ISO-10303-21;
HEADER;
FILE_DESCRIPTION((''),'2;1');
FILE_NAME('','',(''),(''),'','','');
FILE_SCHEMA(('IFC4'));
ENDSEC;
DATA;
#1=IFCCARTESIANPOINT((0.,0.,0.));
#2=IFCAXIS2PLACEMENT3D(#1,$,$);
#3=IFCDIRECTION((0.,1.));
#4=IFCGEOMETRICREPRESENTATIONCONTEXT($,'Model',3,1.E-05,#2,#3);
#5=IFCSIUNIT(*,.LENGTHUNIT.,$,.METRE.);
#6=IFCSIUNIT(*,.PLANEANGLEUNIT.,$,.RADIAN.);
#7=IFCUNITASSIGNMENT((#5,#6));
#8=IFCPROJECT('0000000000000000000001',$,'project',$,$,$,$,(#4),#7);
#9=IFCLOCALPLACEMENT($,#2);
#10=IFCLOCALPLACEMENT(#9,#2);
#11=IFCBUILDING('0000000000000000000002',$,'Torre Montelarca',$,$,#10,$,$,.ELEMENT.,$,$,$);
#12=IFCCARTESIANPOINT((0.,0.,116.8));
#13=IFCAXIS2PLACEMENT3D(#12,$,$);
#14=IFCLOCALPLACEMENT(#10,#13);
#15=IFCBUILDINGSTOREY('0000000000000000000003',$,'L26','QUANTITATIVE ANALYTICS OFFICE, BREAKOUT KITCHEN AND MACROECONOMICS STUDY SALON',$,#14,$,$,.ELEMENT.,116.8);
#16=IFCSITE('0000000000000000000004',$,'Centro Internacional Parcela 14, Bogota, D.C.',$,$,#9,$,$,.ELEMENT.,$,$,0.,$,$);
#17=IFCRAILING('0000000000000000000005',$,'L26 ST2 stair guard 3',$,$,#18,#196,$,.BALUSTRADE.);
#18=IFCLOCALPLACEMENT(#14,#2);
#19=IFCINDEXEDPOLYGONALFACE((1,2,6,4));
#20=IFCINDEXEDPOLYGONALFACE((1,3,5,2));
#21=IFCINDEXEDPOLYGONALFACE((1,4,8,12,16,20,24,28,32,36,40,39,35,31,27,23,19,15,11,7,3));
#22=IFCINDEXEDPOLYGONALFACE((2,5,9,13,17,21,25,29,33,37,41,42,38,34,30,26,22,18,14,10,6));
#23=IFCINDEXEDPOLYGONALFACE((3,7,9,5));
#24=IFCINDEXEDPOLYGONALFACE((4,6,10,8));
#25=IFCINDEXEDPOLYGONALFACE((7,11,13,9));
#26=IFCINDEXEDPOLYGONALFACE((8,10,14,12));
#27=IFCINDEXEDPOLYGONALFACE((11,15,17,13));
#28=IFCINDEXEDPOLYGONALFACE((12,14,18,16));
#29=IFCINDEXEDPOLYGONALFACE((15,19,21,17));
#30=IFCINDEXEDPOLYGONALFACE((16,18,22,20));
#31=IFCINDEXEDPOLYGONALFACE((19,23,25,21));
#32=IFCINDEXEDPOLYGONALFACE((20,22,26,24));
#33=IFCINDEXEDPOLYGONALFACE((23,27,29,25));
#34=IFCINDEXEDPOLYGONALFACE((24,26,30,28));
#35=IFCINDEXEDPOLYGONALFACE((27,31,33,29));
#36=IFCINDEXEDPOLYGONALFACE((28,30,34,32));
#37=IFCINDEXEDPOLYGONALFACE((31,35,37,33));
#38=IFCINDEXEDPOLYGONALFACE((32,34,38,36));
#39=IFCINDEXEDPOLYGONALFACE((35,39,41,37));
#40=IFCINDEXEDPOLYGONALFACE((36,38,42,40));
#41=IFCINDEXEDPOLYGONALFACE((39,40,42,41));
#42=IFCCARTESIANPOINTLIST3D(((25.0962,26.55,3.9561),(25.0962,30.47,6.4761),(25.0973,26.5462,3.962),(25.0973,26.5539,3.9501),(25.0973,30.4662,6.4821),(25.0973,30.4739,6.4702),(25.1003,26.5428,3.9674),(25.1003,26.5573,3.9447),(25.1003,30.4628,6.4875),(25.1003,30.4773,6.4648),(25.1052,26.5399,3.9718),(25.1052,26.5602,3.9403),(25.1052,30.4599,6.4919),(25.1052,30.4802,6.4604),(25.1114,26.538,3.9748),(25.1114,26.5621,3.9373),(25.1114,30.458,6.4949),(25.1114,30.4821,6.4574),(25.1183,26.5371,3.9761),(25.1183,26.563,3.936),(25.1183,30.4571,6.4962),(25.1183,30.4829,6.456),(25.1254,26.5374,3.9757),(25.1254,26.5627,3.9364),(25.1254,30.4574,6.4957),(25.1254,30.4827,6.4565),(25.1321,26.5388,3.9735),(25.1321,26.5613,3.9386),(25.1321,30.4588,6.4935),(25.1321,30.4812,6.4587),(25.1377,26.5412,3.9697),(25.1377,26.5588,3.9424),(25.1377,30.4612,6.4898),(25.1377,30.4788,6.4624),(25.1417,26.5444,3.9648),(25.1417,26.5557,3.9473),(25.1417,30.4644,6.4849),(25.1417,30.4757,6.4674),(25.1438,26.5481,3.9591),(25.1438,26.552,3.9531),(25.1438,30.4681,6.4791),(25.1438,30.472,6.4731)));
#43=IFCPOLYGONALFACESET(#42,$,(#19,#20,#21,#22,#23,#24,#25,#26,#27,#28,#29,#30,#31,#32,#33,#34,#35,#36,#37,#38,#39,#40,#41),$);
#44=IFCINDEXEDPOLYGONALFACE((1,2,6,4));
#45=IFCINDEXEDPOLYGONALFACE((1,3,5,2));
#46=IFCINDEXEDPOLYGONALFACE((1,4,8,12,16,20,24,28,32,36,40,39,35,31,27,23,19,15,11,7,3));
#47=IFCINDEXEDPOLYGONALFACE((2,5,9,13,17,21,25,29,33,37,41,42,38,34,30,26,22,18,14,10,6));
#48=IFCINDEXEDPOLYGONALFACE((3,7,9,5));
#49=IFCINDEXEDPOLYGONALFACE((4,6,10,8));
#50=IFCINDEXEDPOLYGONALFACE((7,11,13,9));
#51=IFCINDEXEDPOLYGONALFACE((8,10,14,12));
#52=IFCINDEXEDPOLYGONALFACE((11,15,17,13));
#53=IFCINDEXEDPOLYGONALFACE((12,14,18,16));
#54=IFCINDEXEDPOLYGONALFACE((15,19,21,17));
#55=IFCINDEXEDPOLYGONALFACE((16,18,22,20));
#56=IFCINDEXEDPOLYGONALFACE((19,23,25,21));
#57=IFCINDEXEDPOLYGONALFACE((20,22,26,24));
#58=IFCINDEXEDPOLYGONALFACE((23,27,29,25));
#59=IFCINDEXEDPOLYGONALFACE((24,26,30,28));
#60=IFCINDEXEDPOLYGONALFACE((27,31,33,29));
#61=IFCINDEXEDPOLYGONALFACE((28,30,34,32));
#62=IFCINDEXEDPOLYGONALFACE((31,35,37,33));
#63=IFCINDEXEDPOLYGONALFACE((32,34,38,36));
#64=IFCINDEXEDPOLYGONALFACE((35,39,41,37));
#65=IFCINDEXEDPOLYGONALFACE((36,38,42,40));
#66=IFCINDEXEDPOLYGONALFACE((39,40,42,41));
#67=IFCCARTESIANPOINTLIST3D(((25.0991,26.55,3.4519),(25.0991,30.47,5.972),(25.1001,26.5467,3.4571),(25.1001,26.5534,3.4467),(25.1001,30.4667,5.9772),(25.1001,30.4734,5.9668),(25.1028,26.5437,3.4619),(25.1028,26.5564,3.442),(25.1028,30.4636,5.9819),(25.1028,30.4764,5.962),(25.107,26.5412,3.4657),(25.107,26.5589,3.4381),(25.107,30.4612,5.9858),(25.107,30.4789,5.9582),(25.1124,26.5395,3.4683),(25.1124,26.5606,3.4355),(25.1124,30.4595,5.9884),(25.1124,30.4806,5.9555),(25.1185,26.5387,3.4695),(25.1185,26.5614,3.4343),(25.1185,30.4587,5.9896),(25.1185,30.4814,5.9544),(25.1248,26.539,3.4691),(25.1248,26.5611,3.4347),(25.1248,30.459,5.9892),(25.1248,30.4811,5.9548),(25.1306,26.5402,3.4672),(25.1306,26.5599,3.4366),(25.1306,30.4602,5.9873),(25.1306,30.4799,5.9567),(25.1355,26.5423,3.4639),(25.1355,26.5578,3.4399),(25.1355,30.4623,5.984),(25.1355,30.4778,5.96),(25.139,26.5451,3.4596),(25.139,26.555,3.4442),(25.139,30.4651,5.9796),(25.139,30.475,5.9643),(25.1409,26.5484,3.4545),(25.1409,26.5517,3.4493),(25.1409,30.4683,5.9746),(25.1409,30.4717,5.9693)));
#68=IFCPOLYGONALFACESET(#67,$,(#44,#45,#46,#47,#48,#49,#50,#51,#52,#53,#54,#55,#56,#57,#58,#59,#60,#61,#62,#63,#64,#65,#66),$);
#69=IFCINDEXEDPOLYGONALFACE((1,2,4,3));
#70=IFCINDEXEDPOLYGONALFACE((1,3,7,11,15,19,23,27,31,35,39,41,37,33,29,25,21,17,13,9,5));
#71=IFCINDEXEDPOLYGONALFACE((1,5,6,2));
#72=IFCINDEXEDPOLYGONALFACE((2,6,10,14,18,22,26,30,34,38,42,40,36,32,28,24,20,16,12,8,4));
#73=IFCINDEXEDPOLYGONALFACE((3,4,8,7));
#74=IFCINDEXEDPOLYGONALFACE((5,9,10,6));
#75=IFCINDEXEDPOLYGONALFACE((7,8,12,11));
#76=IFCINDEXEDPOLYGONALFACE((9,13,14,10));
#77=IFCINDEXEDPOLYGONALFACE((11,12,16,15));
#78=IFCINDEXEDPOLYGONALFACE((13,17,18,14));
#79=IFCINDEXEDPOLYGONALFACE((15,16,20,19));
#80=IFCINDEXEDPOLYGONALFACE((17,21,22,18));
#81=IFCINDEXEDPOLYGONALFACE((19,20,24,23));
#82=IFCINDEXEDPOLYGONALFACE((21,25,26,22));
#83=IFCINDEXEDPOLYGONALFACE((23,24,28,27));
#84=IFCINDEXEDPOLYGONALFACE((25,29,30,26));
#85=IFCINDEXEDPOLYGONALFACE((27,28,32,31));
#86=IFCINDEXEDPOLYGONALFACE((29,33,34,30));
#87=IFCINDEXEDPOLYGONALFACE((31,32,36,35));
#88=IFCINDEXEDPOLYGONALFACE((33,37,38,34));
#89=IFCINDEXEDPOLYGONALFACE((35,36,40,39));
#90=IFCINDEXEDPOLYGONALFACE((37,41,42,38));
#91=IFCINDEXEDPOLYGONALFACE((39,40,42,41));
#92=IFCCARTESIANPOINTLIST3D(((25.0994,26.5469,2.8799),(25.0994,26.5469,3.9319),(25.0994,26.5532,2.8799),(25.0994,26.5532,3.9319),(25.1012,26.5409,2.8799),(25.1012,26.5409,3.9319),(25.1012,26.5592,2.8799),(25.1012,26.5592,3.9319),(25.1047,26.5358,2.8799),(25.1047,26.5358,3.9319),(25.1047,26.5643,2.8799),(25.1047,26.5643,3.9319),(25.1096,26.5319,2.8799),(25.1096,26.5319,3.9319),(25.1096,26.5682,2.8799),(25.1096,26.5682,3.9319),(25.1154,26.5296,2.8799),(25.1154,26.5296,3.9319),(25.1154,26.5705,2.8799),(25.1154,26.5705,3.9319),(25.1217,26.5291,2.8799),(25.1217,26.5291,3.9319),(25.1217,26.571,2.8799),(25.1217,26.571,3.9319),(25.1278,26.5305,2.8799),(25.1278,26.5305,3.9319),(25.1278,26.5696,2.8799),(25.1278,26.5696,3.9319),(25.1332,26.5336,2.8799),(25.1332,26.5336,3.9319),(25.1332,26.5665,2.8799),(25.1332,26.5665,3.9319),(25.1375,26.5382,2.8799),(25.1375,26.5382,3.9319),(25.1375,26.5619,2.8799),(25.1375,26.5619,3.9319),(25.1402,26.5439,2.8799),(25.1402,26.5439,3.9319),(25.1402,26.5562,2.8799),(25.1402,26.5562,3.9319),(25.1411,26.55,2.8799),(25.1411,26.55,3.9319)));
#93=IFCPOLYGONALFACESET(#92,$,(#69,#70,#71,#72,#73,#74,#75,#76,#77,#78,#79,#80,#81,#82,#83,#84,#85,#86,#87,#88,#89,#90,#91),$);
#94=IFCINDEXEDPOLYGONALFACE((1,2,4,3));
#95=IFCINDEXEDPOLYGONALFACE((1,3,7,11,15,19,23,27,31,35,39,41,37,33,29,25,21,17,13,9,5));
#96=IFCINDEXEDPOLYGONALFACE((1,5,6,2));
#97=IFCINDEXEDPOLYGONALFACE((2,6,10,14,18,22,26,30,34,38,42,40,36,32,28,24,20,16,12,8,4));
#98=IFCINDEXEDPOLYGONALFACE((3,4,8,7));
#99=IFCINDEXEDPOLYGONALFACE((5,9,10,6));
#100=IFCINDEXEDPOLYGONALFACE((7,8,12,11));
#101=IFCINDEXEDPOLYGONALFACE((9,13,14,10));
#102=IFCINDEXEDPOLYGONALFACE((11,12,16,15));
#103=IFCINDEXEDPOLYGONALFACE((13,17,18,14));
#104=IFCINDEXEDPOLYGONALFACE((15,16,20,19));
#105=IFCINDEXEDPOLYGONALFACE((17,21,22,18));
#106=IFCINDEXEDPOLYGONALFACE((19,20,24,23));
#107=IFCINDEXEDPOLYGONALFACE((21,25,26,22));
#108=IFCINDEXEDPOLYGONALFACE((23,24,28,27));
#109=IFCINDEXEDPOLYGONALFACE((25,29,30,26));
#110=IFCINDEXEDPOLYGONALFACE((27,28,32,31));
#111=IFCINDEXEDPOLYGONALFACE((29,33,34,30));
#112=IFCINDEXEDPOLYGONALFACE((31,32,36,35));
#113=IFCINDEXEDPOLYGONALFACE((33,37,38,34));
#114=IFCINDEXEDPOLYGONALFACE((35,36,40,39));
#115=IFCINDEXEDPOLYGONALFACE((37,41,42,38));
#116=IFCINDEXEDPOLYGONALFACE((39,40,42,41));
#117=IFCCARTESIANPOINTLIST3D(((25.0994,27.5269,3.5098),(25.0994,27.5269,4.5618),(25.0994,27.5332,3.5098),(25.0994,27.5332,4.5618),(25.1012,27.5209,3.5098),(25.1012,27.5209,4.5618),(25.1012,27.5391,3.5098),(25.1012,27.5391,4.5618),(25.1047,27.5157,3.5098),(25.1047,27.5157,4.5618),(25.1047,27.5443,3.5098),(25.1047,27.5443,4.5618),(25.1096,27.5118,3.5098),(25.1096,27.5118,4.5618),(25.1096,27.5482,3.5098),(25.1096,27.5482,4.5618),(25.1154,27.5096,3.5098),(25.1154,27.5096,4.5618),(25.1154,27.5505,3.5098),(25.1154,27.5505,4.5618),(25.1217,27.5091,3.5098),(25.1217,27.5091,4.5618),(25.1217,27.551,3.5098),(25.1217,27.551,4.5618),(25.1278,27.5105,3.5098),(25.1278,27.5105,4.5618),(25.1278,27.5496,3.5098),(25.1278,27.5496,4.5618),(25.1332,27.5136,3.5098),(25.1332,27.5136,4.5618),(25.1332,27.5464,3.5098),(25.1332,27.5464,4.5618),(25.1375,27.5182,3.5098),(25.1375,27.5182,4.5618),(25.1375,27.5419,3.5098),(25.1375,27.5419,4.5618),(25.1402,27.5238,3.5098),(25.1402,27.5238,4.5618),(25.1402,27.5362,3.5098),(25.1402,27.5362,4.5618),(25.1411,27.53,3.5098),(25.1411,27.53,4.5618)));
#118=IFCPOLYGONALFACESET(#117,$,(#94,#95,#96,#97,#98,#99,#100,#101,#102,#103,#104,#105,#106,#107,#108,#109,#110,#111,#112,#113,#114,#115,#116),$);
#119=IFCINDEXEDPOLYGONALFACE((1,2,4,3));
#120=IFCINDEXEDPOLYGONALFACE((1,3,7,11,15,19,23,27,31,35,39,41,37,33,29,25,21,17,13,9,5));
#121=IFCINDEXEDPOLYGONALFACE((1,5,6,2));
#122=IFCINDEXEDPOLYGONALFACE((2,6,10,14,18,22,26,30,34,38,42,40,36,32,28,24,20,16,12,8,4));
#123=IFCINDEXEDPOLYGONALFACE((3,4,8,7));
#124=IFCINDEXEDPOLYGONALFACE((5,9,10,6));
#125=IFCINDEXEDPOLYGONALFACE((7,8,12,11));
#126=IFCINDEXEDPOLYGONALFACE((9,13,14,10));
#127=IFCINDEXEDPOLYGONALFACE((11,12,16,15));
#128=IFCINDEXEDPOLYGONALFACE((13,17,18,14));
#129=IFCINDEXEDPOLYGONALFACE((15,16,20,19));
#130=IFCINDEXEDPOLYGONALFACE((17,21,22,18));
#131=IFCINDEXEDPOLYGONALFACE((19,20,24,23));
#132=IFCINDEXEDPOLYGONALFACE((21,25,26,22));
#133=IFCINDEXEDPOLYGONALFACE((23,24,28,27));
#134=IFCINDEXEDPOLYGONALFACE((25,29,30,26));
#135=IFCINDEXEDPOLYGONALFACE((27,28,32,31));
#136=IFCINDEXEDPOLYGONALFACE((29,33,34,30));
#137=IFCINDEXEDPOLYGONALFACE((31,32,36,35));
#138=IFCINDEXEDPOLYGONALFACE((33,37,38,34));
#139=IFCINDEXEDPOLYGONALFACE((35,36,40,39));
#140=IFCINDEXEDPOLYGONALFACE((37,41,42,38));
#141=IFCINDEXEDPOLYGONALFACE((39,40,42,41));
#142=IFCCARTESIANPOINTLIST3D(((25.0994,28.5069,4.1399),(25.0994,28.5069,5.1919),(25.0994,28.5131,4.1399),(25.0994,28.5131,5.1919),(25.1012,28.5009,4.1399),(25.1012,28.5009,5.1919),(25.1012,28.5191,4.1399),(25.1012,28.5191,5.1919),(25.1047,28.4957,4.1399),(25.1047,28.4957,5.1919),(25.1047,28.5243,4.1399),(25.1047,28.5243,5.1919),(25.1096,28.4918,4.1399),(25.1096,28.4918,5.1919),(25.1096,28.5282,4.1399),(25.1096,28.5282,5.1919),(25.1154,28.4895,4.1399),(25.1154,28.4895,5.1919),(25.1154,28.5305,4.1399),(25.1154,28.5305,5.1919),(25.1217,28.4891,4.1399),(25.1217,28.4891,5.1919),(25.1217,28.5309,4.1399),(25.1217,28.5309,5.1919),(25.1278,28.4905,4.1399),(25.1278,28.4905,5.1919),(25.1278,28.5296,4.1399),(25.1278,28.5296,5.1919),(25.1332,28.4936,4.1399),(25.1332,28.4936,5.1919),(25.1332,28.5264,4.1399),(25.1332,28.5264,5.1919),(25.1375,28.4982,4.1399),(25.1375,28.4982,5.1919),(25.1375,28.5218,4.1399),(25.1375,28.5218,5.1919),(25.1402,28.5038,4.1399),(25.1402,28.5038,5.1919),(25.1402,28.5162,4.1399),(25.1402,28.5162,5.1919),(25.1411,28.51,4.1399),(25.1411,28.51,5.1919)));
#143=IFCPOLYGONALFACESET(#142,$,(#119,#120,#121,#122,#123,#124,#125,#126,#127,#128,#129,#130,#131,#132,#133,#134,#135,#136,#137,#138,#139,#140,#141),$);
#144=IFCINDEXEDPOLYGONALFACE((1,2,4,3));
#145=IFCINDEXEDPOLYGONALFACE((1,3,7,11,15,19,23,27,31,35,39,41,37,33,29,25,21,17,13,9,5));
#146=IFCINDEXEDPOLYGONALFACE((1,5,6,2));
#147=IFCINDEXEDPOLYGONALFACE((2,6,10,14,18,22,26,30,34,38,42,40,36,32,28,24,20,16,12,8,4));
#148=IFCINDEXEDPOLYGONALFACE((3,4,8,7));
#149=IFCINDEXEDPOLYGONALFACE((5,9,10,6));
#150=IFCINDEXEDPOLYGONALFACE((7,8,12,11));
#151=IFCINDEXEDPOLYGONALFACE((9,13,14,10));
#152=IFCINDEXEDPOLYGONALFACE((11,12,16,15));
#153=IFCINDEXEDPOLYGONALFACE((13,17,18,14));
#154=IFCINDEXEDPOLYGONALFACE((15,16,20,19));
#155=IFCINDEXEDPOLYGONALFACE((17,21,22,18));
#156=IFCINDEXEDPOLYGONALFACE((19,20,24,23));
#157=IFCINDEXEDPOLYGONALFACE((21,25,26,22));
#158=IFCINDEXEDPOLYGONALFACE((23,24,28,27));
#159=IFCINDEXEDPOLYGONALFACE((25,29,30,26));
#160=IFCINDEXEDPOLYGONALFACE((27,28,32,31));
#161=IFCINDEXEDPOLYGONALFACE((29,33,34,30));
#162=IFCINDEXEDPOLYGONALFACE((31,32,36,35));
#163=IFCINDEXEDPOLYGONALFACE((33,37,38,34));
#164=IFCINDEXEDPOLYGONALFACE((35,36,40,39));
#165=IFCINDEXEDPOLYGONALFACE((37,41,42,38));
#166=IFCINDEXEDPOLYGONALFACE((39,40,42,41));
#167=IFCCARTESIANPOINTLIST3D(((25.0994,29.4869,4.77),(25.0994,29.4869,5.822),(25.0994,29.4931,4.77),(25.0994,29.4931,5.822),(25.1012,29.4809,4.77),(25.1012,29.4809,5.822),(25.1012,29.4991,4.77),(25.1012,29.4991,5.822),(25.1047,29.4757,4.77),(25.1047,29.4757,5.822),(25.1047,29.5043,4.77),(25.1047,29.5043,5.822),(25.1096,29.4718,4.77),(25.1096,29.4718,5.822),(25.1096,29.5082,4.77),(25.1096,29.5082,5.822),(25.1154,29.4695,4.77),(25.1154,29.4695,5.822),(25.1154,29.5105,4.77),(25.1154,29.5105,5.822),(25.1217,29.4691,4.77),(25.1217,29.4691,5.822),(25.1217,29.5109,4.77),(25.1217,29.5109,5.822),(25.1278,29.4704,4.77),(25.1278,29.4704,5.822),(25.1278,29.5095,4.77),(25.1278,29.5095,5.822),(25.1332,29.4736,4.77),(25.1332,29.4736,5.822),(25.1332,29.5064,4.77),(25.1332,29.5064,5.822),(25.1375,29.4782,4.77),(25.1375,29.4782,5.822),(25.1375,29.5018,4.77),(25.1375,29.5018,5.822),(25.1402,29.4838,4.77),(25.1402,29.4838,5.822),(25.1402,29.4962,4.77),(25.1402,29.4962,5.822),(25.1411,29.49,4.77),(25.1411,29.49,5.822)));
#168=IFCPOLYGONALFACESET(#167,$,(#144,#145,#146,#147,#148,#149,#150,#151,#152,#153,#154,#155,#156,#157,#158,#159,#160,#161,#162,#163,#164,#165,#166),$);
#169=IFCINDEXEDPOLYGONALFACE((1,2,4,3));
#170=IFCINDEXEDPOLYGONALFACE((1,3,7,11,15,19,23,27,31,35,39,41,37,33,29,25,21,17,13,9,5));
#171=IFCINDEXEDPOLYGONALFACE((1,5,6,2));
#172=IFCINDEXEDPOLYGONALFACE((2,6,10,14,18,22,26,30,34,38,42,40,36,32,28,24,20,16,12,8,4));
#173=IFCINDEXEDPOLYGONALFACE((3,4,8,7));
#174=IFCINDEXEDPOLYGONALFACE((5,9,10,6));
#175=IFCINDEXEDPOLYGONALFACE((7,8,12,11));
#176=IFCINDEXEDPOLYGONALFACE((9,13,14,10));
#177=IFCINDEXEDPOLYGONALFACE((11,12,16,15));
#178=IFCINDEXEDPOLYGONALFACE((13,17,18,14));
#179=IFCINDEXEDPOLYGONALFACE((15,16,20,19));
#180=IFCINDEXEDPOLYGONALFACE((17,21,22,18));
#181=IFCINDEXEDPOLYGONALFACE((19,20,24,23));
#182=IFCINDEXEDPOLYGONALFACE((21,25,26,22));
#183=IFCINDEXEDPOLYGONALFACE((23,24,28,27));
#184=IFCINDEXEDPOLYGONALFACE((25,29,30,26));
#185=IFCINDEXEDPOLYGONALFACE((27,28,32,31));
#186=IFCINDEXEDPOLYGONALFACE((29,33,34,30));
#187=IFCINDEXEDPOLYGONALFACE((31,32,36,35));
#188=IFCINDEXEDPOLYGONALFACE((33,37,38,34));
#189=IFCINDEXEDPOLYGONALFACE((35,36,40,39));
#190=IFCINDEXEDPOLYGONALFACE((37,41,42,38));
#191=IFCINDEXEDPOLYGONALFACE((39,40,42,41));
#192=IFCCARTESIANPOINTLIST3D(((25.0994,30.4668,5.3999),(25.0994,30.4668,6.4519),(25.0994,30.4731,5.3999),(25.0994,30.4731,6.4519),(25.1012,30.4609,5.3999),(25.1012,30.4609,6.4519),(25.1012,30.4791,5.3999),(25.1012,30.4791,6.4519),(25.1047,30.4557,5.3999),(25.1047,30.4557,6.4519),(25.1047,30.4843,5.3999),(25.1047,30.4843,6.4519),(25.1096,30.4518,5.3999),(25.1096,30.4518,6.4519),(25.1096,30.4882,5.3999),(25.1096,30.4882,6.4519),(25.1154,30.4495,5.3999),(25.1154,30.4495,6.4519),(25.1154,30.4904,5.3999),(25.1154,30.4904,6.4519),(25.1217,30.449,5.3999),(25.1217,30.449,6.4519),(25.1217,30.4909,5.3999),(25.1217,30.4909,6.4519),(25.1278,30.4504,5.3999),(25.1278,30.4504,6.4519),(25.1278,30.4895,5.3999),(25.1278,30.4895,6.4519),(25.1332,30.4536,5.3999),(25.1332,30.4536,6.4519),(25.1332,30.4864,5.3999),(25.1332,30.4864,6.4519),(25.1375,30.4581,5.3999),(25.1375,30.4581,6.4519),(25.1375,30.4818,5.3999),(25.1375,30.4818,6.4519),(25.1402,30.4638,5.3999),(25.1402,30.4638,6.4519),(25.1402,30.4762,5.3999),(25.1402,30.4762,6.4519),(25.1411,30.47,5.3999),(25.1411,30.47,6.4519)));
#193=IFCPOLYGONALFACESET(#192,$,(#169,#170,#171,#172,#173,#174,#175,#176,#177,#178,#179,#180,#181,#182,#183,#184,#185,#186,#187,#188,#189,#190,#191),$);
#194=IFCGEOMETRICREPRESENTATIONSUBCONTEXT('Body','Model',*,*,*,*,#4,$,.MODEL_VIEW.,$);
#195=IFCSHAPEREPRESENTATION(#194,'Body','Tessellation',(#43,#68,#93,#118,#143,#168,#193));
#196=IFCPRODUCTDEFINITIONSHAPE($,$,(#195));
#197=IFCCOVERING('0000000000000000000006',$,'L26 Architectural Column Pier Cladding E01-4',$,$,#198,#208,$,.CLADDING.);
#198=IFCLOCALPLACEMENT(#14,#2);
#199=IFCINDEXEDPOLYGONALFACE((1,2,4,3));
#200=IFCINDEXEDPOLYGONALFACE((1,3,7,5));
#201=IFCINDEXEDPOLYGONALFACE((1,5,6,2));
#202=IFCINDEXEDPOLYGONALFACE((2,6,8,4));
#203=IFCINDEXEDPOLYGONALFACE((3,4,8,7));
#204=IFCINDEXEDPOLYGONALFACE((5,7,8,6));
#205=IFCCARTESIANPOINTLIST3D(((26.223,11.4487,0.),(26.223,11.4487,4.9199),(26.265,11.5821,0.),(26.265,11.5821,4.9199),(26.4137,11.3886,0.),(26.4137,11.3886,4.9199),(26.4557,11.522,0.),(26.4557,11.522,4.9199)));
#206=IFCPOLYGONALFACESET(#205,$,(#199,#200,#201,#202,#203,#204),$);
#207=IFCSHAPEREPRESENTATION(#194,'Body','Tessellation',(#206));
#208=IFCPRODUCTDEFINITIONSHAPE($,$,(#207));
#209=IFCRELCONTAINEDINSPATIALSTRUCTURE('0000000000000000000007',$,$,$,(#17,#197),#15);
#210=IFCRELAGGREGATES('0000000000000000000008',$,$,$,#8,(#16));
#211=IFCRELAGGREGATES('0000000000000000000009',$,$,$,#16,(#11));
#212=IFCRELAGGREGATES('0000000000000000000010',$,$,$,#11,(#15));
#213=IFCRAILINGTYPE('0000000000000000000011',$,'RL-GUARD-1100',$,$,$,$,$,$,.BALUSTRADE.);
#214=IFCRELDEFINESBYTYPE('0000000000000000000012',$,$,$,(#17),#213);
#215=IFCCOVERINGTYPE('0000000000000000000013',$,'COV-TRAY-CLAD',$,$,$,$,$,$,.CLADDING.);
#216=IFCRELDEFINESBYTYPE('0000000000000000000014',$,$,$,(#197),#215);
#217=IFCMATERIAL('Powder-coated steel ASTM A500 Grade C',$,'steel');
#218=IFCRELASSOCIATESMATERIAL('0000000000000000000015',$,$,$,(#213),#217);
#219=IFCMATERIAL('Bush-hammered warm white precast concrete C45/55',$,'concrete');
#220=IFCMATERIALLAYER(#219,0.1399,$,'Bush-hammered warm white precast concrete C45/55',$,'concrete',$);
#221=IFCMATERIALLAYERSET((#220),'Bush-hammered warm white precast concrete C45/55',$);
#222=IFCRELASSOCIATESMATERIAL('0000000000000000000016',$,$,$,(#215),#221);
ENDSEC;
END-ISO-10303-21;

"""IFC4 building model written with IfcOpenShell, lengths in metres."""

from ifc_helpers import new_model, si_unit, direction, frame, origin, origin_2d, place, context, subcontext, project, spatial, rectangle, circle, extrude, source, transform, mapped, material, layer, layer_set, type_object, element, save


model = new_model("IFC4")

# Units and contexts
model_context = context("Model", 3, precision=1e-05, world=origin(), true_north=direction((0.0, 1.0)))
body_context = subcontext(model_context, "Body", "Model", "MODEL_VIEW")
ifc_project = project(units=[si_unit("LENGTHUNIT", "METRE"), si_unit("PLANEANGLEUNIT", "RADIAN")], contexts=[model_context])

# Site, building, storey
site_placement = place(None, origin())
site = spatial("IfcSite", under=ifc_project, at=site_placement, Name="Centro Internacional Parcela 14, Bogota, D.C.", CompositionType="ELEMENT", RefElevation=0.0)
building_placement = place(site_placement, origin())
building = spatial("IfcBuilding", under=site, at=building_placement, Name="Torre Montelarca", CompositionType="ELEMENT")
storey_placement = place(building_placement, frame((0.0, 0.0, 116.8)))
storey = spatial("IfcBuildingStorey", under=building, at=storey_placement, Name="L26", Description="QUANTITATIVE ANALYTICS OFFICE, BREAKOUT KITCHEN AND MACROECONOMICS STUDY SALON", CompositionType="ELEMENT", Elevation=116.8)

# Railing
ifc_material_1 = material(Name="Powder-coated steel ASTM A500 Grade C", Category="steel")
railing_type = type_object("IfcRailingType", Name="RL-GUARD-1100", PredefinedType="BALUSTRADE", material=ifc_material_1)
railing_1_placement = place(storey_placement, frame((25.1201, 26.55, 2.8799)))
element("IfcRailing", 1, at=railing_1_placement, inside=storey, type_object=railing_type, Name="L26 ST2 stair guard 3", PredefinedType="BALUSTRADE", context=body_context, shape_type="SweptSolid", body=[
    extrude(circle(Radius=0.0239, at=origin_2d()), frame((0.0, 0.0, 1.0762), z_axis=(0.0, 0.841172, 0.540768), x_axis=(-1.0, 0.0, 0.0)), (0.0, 0.0, 1.0), 4.6602),
    extrude(circle(Radius=0.021, at=origin_2d()), frame((0.0, 0.0, 0.572), z_axis=(0.0, 0.841172, 0.540768), x_axis=(-1.0, 0.0, 0.0)), (0.0, 0.0, 1.0), 4.6602),
    extrude(circle(Radius=0.021, at=origin_2d()), origin(), (0.0, 0.0, 1.0), 1.052),
    extrude(circle(Radius=0.021, at=origin_2d()), frame((0.0, 0.98, 0.6299)), (0.0, 0.0, 1.0), 1.052),
    extrude(circle(Radius=0.021, at=origin_2d()), frame((0.0, 1.96, 1.26)), (0.0, 0.0, 1.0), 1.052),
    extrude(circle(Radius=0.021, at=origin_2d()), frame((0.0, 2.9399, 1.8901)), (0.0, 0.0, 1.0), 1.052),
    extrude(circle(Radius=0.021, at=origin_2d()), frame((0.0, 3.9199, 2.52)), (0.0, 0.0, 1.0), 1.052),
])

# Covering
ifc_material_2 = material(Name="Bush-hammered warm white precast concrete C45/55", Category="concrete")
ifc_layer_1 = layer(ifc_material_2, 0.1399, Name="Bush-hammered warm white precast concrete C45/55", Category="concrete")
ifc_layer_set_1 = layer_set([ifc_layer_1], Name="Bush-hammered warm white precast concrete C45/55")
covering_type = type_object("IfcCoveringType", Name="COV-TRAY-CLAD", PredefinedType="CLADDING", material=ifc_layer_set_1)
shared_shape_1 = source(origin(), body_context, "Body", "SweptSolid", [
    extrude(rectangle(XDim=0.2, YDim=0.1399, at=origin_2d()), origin(), (0.0, 0.0, 1.0), 4.9199),
])
for number, where, z_axis, x_axis, name in (
    (2, (26.3394, 11.4854, 0.0), (0.0, 0.0, 1.0), (0.953717, -0.300704, 0.0), "L26 Architectural Column Pier Cladding E01-4"),
):
    element("IfcCovering", number, at=place(storey_placement, frame(where, z_axis=z_axis, x_axis=x_axis)), inside=storey, type_object=covering_type, Name=name, PredefinedType="CLADDING", context=body_context, shape_type="MappedRepresentation", body=[
        mapped(shared_shape_1, transform((0.0, 0.0, 0.0), scale=1.0)),
    ])

save(model, "model.ifc")
